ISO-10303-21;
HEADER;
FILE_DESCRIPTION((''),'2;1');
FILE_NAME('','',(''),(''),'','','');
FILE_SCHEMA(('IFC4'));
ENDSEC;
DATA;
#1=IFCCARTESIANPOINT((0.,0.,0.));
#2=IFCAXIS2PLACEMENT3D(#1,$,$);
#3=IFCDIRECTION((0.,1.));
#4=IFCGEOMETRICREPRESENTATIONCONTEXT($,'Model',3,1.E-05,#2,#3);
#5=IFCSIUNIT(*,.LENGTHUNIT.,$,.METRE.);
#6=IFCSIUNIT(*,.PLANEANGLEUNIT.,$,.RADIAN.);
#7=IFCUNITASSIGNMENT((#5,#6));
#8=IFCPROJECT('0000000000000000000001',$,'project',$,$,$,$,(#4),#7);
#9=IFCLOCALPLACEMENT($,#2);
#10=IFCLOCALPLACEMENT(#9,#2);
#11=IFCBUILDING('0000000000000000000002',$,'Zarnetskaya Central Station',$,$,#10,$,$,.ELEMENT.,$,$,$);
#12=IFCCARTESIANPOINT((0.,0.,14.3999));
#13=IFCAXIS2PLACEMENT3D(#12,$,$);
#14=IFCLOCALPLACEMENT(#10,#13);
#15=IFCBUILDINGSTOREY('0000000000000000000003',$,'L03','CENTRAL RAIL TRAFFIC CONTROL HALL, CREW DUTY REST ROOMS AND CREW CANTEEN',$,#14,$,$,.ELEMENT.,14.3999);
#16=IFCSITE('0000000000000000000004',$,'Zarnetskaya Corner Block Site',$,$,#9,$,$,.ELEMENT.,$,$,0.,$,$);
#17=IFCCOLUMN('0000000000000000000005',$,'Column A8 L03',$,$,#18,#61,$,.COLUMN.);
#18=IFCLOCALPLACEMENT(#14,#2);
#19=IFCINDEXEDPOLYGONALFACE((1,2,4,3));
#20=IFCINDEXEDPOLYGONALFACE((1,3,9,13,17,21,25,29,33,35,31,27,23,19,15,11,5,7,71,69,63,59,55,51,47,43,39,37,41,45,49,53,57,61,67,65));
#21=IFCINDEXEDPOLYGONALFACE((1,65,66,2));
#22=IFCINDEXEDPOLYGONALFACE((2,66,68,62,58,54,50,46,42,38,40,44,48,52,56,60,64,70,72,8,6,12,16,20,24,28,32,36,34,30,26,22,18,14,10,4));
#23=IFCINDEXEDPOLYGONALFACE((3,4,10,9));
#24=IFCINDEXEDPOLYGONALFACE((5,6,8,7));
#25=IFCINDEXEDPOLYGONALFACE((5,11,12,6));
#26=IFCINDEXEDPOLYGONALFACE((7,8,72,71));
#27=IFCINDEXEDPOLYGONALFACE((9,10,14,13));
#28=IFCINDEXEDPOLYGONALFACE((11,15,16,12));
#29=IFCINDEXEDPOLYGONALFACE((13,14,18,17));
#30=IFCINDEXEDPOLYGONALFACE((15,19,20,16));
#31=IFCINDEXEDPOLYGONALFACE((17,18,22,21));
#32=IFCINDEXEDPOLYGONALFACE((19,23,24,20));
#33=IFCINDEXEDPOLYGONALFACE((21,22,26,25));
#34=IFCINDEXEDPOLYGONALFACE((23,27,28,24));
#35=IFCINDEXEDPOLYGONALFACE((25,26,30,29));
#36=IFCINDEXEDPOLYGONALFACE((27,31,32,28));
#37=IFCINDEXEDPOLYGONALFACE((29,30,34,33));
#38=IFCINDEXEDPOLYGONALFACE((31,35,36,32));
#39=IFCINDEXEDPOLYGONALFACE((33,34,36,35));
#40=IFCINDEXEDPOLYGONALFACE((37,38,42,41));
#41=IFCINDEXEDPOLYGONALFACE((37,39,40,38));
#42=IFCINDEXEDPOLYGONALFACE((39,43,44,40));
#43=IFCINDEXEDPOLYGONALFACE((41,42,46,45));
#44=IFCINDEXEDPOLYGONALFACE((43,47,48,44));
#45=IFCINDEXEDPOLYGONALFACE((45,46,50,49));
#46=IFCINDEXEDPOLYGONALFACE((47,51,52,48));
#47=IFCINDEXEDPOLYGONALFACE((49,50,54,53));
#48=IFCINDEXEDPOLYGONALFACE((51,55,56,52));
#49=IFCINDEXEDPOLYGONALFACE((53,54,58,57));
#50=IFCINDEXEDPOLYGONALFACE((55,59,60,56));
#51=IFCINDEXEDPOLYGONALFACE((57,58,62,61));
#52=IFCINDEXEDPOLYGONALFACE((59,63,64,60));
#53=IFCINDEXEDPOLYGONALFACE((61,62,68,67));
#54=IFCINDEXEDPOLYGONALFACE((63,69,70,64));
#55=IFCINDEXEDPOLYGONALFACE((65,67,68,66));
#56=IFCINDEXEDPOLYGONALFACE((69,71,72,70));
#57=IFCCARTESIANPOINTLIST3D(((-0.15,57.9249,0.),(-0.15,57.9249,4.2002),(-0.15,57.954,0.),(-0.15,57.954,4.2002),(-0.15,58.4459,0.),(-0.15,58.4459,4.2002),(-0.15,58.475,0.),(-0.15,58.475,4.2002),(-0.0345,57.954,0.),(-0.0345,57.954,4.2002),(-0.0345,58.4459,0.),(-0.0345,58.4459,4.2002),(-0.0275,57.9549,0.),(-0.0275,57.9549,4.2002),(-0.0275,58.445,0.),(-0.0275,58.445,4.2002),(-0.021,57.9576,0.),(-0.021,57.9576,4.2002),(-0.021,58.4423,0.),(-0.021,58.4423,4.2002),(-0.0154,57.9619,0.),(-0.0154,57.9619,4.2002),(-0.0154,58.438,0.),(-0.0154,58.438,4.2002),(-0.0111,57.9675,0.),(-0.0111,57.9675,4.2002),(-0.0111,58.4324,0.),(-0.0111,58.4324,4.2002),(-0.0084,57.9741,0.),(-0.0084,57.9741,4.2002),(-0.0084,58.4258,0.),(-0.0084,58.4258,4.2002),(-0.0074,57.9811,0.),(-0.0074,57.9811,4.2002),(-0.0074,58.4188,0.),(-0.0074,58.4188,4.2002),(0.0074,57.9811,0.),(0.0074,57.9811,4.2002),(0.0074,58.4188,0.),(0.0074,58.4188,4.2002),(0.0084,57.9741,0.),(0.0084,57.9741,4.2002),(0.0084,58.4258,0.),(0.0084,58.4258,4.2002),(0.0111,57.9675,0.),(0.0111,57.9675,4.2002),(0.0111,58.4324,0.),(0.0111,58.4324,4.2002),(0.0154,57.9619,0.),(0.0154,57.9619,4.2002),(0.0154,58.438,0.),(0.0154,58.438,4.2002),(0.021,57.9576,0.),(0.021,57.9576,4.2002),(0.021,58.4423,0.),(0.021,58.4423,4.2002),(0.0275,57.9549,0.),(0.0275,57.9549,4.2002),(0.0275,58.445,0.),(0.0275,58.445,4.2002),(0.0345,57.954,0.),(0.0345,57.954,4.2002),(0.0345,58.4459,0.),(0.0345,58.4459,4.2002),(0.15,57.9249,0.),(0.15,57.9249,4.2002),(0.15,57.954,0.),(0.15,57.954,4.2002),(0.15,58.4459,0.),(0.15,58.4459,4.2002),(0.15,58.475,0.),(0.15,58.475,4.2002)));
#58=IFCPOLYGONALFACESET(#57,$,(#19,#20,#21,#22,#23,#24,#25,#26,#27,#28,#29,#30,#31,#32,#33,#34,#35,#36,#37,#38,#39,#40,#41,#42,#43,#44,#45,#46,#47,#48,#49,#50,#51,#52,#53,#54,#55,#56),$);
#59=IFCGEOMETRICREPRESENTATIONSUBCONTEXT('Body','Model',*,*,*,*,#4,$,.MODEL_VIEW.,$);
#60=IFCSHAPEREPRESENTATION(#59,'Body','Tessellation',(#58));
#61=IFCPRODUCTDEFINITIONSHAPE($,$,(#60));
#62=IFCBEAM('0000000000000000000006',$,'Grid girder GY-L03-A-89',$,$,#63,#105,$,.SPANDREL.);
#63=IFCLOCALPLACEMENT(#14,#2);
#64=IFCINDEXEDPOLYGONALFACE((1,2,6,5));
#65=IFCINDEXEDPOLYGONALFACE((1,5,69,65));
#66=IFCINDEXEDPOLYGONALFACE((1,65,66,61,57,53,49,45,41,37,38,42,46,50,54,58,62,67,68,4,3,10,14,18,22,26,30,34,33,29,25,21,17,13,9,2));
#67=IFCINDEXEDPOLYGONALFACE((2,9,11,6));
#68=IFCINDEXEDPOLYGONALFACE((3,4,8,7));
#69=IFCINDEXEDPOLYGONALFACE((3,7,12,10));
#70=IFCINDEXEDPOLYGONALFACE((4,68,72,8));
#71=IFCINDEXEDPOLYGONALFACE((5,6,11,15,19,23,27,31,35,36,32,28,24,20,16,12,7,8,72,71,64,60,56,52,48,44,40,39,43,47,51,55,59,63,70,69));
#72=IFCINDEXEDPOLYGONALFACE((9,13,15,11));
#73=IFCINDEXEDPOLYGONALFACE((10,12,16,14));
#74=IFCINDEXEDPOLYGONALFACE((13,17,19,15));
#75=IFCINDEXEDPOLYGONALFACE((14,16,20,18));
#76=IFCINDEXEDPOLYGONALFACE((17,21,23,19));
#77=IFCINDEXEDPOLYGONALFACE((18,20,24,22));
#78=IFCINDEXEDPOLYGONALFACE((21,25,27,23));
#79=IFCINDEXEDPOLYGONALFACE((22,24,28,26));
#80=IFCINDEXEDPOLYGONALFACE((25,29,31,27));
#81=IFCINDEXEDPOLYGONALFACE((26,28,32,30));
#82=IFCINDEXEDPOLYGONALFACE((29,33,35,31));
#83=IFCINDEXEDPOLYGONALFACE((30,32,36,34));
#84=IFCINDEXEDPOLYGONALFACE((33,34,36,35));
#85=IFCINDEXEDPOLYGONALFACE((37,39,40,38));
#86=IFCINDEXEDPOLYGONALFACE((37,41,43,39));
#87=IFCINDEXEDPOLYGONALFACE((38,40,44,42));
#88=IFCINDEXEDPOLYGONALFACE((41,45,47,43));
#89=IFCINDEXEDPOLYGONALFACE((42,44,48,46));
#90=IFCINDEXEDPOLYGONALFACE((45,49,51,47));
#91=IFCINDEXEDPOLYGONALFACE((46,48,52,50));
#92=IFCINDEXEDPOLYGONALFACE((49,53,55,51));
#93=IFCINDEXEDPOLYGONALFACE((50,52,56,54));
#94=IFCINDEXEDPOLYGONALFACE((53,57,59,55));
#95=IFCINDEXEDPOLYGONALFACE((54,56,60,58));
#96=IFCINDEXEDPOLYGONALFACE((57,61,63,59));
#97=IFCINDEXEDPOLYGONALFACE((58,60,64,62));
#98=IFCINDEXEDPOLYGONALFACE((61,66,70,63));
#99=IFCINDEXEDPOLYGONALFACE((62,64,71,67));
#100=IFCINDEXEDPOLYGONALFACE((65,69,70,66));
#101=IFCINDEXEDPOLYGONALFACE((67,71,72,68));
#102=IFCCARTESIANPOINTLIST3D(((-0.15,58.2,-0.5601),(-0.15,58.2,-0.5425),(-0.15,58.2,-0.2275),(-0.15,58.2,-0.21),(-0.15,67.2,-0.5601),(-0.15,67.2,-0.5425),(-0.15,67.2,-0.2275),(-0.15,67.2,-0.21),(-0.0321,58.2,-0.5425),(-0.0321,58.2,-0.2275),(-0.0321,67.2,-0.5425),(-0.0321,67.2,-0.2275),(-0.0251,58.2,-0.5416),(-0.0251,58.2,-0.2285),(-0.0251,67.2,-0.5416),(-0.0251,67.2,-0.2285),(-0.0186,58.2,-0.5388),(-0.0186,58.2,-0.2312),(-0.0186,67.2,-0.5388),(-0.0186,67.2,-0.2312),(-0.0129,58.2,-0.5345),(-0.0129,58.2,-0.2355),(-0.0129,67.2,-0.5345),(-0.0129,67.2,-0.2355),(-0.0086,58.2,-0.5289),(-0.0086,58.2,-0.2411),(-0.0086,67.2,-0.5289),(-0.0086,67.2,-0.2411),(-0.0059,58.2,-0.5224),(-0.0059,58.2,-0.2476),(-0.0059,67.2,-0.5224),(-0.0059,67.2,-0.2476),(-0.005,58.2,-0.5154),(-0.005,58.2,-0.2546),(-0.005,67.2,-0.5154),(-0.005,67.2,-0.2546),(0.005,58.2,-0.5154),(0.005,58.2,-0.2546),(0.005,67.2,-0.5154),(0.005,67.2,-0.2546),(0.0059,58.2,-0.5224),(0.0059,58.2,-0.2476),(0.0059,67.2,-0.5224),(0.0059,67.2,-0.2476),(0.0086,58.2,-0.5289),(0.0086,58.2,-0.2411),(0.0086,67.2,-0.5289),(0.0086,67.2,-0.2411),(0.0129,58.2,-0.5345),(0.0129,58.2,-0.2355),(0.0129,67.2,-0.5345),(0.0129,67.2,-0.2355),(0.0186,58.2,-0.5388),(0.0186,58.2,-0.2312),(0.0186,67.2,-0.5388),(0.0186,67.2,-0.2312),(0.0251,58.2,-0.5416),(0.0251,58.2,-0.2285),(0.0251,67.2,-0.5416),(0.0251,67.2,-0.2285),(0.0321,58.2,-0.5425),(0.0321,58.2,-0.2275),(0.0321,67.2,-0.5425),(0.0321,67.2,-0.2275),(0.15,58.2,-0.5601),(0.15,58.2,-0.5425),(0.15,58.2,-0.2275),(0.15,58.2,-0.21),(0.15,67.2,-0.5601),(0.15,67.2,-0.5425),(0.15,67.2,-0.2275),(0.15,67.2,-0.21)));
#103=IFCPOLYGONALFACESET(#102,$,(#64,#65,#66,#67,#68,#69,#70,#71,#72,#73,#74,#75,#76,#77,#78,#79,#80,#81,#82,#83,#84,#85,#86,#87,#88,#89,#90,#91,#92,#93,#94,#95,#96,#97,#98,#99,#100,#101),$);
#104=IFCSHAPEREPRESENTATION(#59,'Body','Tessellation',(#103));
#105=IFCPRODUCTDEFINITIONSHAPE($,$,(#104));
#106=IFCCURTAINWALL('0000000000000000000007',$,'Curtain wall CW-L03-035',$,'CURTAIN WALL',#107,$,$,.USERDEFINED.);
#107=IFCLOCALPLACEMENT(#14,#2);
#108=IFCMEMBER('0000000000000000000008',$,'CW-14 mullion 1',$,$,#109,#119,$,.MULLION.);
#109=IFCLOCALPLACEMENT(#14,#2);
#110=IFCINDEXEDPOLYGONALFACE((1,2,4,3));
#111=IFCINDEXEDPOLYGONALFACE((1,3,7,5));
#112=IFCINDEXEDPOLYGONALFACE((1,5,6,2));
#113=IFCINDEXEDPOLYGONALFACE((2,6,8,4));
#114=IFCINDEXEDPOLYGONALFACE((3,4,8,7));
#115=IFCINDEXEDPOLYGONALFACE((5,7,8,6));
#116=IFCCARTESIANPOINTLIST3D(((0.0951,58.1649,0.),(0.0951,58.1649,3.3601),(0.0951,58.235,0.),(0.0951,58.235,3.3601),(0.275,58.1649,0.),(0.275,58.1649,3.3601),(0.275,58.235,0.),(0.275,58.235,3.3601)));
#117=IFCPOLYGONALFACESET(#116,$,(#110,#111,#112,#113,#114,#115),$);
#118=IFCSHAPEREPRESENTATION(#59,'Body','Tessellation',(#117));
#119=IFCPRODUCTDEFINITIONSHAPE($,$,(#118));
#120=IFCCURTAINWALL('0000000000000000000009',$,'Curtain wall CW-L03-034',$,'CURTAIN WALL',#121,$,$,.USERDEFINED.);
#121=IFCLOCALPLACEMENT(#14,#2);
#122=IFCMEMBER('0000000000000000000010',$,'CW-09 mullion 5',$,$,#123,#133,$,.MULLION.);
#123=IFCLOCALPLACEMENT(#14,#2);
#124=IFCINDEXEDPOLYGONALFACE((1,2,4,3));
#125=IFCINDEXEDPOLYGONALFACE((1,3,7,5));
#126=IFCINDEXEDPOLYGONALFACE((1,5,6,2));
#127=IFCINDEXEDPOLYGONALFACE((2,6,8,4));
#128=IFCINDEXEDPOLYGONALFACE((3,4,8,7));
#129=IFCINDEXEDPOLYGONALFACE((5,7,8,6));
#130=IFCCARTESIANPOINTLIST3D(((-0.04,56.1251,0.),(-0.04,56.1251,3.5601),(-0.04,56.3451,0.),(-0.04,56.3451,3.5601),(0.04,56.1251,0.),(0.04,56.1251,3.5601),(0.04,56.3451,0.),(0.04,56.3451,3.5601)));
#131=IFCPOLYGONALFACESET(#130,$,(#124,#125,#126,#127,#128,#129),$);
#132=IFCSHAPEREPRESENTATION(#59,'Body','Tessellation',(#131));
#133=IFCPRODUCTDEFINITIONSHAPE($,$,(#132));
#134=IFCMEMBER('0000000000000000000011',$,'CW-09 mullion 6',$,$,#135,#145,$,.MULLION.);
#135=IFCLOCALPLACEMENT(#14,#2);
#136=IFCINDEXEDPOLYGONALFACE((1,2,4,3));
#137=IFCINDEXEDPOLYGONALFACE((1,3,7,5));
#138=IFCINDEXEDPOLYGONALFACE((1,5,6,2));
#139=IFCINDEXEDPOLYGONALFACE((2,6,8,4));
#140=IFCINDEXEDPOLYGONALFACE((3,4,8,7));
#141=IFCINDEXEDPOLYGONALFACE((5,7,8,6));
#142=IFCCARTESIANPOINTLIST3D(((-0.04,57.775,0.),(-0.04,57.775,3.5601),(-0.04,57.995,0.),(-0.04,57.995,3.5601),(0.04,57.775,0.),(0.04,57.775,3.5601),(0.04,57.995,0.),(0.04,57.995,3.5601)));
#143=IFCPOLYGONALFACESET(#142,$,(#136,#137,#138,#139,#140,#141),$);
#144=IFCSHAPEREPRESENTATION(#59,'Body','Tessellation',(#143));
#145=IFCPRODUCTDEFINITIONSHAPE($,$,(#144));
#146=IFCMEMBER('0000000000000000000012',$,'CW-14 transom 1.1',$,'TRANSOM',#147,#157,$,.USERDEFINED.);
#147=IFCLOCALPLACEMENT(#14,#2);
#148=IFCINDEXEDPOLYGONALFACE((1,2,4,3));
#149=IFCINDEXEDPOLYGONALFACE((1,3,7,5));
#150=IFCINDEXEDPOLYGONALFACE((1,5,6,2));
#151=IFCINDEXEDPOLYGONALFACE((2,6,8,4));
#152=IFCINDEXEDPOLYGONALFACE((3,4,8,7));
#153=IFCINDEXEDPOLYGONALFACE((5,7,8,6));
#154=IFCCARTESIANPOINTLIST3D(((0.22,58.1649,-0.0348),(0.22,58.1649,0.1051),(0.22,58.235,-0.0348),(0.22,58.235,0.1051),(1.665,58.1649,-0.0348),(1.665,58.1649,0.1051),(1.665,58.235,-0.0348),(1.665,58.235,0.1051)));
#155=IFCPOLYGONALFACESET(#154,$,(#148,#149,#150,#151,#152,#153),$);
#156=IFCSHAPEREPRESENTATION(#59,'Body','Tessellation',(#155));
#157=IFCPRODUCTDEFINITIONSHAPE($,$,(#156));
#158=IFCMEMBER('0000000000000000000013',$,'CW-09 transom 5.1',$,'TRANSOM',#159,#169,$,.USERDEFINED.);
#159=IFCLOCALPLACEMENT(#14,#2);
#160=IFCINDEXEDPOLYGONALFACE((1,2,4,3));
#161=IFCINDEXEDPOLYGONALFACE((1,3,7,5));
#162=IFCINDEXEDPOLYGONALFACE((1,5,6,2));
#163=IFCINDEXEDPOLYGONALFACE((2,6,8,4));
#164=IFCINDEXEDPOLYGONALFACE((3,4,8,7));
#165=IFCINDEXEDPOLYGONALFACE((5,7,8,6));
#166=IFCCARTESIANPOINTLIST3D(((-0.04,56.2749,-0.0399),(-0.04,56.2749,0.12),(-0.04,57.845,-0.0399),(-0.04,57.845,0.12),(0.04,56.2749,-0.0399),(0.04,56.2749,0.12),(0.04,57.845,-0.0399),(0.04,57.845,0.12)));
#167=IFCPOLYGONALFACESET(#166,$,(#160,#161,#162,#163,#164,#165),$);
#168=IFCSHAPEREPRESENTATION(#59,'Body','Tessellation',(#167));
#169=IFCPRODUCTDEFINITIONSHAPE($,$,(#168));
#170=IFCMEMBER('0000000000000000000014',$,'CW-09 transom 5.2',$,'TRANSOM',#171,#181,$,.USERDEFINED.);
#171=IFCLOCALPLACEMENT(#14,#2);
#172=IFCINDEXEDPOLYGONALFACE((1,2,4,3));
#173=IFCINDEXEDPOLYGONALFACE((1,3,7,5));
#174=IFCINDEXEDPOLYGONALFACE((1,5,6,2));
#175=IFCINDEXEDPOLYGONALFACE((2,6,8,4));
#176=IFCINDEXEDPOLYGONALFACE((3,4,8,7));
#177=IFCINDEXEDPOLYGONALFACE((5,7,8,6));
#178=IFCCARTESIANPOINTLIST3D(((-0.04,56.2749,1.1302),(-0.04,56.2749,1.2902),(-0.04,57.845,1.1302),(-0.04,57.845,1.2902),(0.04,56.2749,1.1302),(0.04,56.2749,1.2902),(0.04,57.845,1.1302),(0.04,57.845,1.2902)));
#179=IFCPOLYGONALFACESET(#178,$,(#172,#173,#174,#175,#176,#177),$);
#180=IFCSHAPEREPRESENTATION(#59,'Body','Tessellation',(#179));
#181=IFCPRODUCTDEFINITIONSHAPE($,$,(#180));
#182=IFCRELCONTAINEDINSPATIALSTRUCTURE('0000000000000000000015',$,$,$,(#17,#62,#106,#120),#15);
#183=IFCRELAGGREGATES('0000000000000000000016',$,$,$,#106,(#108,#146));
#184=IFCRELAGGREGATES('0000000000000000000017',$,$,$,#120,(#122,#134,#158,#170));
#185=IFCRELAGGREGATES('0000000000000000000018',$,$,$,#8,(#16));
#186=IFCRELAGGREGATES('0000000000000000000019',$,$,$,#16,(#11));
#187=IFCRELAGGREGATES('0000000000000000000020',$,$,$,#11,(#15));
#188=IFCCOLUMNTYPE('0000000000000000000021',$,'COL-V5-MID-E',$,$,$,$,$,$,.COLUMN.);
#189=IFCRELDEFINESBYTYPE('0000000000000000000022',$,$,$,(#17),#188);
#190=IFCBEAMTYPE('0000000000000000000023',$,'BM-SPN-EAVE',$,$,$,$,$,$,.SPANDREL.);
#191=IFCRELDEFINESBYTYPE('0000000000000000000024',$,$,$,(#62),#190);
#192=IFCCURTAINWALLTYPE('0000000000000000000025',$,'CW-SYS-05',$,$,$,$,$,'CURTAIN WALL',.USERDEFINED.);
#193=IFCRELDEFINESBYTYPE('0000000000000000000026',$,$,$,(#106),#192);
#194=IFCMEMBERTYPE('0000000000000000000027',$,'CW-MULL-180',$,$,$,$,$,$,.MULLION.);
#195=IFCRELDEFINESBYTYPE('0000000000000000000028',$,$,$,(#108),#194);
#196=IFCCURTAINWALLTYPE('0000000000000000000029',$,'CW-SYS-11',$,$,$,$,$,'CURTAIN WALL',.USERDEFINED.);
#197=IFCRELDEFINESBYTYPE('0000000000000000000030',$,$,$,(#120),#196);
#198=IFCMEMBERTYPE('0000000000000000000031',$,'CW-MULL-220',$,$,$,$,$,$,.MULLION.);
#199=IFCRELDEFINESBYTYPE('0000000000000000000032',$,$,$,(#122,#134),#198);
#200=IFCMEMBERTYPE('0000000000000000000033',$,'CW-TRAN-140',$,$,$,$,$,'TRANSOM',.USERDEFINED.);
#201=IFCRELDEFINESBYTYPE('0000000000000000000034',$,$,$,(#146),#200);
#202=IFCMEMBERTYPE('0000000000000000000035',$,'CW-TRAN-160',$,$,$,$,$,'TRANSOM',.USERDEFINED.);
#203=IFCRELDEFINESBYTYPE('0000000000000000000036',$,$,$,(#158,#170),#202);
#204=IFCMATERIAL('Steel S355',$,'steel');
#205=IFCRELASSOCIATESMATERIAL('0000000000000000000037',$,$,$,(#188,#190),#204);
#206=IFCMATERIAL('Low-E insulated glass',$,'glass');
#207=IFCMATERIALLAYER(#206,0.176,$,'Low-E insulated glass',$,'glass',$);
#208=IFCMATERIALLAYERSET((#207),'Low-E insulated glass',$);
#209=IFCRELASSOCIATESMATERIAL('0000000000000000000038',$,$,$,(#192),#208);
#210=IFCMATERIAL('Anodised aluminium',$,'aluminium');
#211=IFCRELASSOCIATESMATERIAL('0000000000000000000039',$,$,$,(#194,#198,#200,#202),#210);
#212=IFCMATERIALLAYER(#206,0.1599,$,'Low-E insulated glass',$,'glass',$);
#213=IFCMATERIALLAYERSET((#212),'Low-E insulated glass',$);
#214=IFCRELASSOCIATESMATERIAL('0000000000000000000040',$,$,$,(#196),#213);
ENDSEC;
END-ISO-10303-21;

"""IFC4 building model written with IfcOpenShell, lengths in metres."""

from ifc_helpers import new_model, si_unit, direction, frame, origin, origin_2d, place, context, subcontext, project, spatial, rectangle, i_section, extrude, material, layer, layer_set, material_profile, profile_set, type_object, element, aggregate, save


model = new_model("IFC4")

# Units and contexts
model_context = context("Model", 3, precision=1e-05, world=origin(), true_north=direction((0.0, 1.0)))
body_context = subcontext(model_context, "Body", "Model", "MODEL_VIEW")
ifc_project = project(units=[si_unit("LENGTHUNIT", "METRE"), si_unit("PLANEANGLEUNIT", "RADIAN")], contexts=[model_context])

# Site, building, storey
site_placement = place(None, origin())
site = spatial("IfcSite", under=ifc_project, at=site_placement, Name="Zarnetskaya Corner Block Site", CompositionType="ELEMENT", RefElevation=0.0)
building_placement = place(site_placement, origin())
building = spatial("IfcBuilding", under=site, at=building_placement, Name="Zarnetskaya Central Station", CompositionType="ELEMENT")
storey_placement = place(building_placement, frame((0.0, 0.0, 14.3999)))
storey = spatial("IfcBuildingStorey", under=building, at=storey_placement, Name="L03", Description="CENTRAL RAIL TRAFFIC CONTROL HALL, CREW DUTY REST ROOMS AND CREW CANTEEN", CompositionType="ELEMENT", Elevation=14.3999)

# Column
ifc_material_1 = material(Name="Steel S355", Category="steel")
ifc_material_profile_1 = material_profile(ifc_material_1, i_section(OverallWidth=0.3, OverallDepth=0.55, WebThickness=0.0149, FlangeThickness=0.0291, FilletRadius=0.0271, at=origin_2d()), Name="HEB 550")
ifc_profile_set_1 = profile_set([ifc_material_profile_1], Name="Steel S355")
column_type = type_object("IfcColumnType", Name="COL-V5-MID-E", PredefinedType="COLUMN", material=ifc_profile_set_1)
column_placement = place(storey_placement, frame((0.0, 58.2, 0.0), z_axis=(0.0, 0.0, 1.0), x_axis=(1.0, 0.0, 0.0)))
element("IfcColumn", 1, at=column_placement, inside=storey, type_object=column_type, Name="Column A8 L03", PredefinedType="COLUMN", context=body_context, shape_type="SweptSolid", body=[
    extrude(i_section(OverallWidth=0.3, OverallDepth=0.55, WebThickness=0.0149, FlangeThickness=0.0291, FilletRadius=0.0271, at=origin_2d()), origin(), (0.0, 0.0, 1.0), 4.2002),
])

# Beam
ifc_material_profile_2 = material_profile(ifc_material_1, i_section(OverallWidth=0.3, OverallDepth=0.3501, WebThickness=0.01, FlangeThickness=0.0176, FilletRadius=0.0271, at=origin_2d()), Name="HEA 360")
ifc_profile_set_2 = profile_set([ifc_material_profile_2], Name="Steel S355")
beam_type_1 = type_object("IfcBeamType", Name="BM-SPN-EAVE", PredefinedType="SPANDREL", material=ifc_profile_set_2)
beam_1_placement = place(storey_placement, frame((0.0, 58.2, -0.385), z_axis=(0.0, 1.0, 0.0), x_axis=(-1.0, 0.0, 0.0)))
element("IfcBeam", 2, at=beam_1_placement, inside=storey, type_object=beam_type_1, Name="Grid girder GY-L03-A-89", PredefinedType="SPANDREL", context=body_context, shape_type="SweptSolid", body=[
    extrude(i_section(OverallWidth=0.3, OverallDepth=0.3501, WebThickness=0.01, FlangeThickness=0.0176, FilletRadius=0.0271, at=origin_2d()), origin(), (0.0, 0.0, 1.0), 9.0),
])

# Curtain wall, member
ifc_material_2 = material(Name="Low-E insulated glass", Category="glass")
ifc_layer_1 = layer(ifc_material_2, 0.176, Name="Low-E insulated glass", Category="glass")
ifc_layer_set_1 = layer_set([ifc_layer_1], Name="Low-E insulated glass")
curtain_wall_type_1 = type_object("IfcCurtainWallType", Name="CW-SYS-05", ElementType="CURTAIN WALL", PredefinedType="USERDEFINED", material=ifc_layer_set_1)
curtain_wall_1_placement = place(storey_placement, origin())
curtain_wall_1 = element("IfcCurtainWall", 3, at=curtain_wall_1_placement, inside=storey, type_object=curtain_wall_type_1, Name="Curtain wall CW-L03-035", ObjectType="CURTAIN WALL", PredefinedType="USERDEFINED")
ifc_material_3 = material(Name="Anodised aluminium", Category="aluminium")
ifc_material_profile_3 = material_profile(ifc_material_3, rectangle(XDim=0.0701, YDim=0.1799, at=origin_2d()), Name="ALU MULL 70x180")
ifc_profile_set_3 = profile_set([ifc_material_profile_3], Name="Anodised aluminium")
member_type_1 = type_object("IfcMemberType", Name="CW-MULL-180", PredefinedType="MULLION", material=ifc_profile_set_3)
member_1_placement = place(storey_placement, frame((0.1851, 58.2, 0.0), z_axis=(0.0, 0.0, 1.0), x_axis=(0.0, 1.0, 0.0)))
member_1 = element("IfcMember", 4, at=member_1_placement, type_object=member_type_1, Name="CW-14 mullion 1", PredefinedType="MULLION", context=body_context, shape_type="SweptSolid", body=[
    extrude(rectangle(XDim=0.0701, YDim=0.1799, at=origin_2d()), origin(), (0.0, 0.0, 1.0), 3.3601),
])

# Curtain wall, members
ifc_layer_2 = layer(ifc_material_2, 0.1599, Name="Low-E insulated glass", Category="glass")
ifc_layer_set_2 = layer_set([ifc_layer_2], Name="Low-E insulated glass")
curtain_wall_type_2 = type_object("IfcCurtainWallType", Name="CW-SYS-11", ElementType="CURTAIN WALL", PredefinedType="USERDEFINED", material=ifc_layer_set_2)
curtain_wall_2_placement = place(storey_placement, origin())
curtain_wall_2 = element("IfcCurtainWall", 5, at=curtain_wall_2_placement, inside=storey, type_object=curtain_wall_type_2, Name="Curtain wall CW-L03-034", ObjectType="CURTAIN WALL", PredefinedType="USERDEFINED")
ifc_material_profile_4 = material_profile(ifc_material_3, rectangle(XDim=0.0801, YDim=0.22, at=origin_2d()), Name="ALU MULL 80x220")
ifc_profile_set_4 = profile_set([ifc_material_profile_4], Name="Anodised aluminium")
member_type_2 = type_object("IfcMemberType", Name="CW-MULL-220", PredefinedType="MULLION", material=ifc_profile_set_4)
member_2_placement = place(storey_placement, frame((0.0, 56.2351, 0.0), z_axis=(0.0, 0.0, 1.0), x_axis=(-1.0, 0.0, 0.0)))
member_2 = element("IfcMember", 6, at=member_2_placement, type_object=member_type_2, Name="CW-09 mullion 5", PredefinedType="MULLION", context=body_context, shape_type="SweptSolid", body=[
    extrude(rectangle(XDim=0.0801, YDim=0.22, at=origin_2d()), origin(), (0.0, 0.0, 1.0), 3.5601),
])
member_3_placement = place(storey_placement, frame((0.0, 57.885, 0.0), z_axis=(0.0, 0.0, 1.0), x_axis=(-1.0, 0.0, 0.0)))
member_3 = element("IfcMember", 7, at=member_3_placement, type_object=member_type_2, Name="CW-09 mullion 6", PredefinedType="MULLION", context=body_context, shape_type="SweptSolid", body=[
    extrude(rectangle(XDim=0.0801, YDim=0.22, at=origin_2d()), origin(), (0.0, 0.0, 1.0), 3.5601),
])

# Members
ifc_material_profile_5 = material_profile(ifc_material_3, rectangle(XDim=0.0701, YDim=0.1399, at=origin_2d()), Name="ALU TRAN 70x140")
ifc_profile_set_5 = profile_set([ifc_material_profile_5], Name="Anodised aluminium")
member_type_3 = type_object("IfcMemberType", Name="CW-TRAN-140", ElementType="TRANSOM", PredefinedType="USERDEFINED", material=ifc_profile_set_5)
member_4_placement = place(storey_placement, frame((0.22, 58.2, 0.0352), z_axis=(1.0, 0.0, 0.0), x_axis=(0.0, 1.0, 0.0)))
member_4 = element("IfcMember", 8, at=member_4_placement, type_object=member_type_3, Name="CW-14 transom 1.1", ObjectType="TRANSOM", PredefinedType="USERDEFINED", context=body_context, shape_type="SweptSolid", body=[
    extrude(rectangle(XDim=0.0701, YDim=0.1399, at=origin_2d()), origin(), (0.0, 0.0, 1.0), 1.4451),
])
aggregate(curtain_wall_1, [member_1, member_4])
ifc_material_profile_6 = material_profile(ifc_material_3, rectangle(XDim=0.0801, YDim=0.1599, at=origin_2d()), Name="ALU TRAN 80x160")
ifc_profile_set_6 = profile_set([ifc_material_profile_6], Name="Anodised aluminium")
member_type_4 = type_object("IfcMemberType", Name="CW-TRAN-160", ElementType="TRANSOM", PredefinedType="USERDEFINED", material=ifc_profile_set_6)
member_5_placement = place(storey_placement, frame((0.0, 56.2749, 0.04), z_axis=(0.0, 1.0, 0.0), x_axis=(-1.0, 0.0, 0.0)))
member_5 = element("IfcMember", 9, at=member_5_placement, type_object=member_type_4, Name="CW-09 transom 5.1", ObjectType="TRANSOM", PredefinedType="USERDEFINED", context=body_context, shape_type="SweptSolid", body=[
    extrude(rectangle(XDim=0.0801, YDim=0.1599, at=origin_2d()), origin(), (0.0, 0.0, 1.0), 1.5701),
])
member_6_placement = place(storey_placement, frame((0.0, 56.2749, 1.2102), z_axis=(0.0, 1.0, 0.0), x_axis=(-1.0, 0.0, 0.0)))
member_6 = element("IfcMember", 10, at=member_6_placement, type_object=member_type_4, Name="CW-09 transom 5.2", ObjectType="TRANSOM", PredefinedType="USERDEFINED", context=body_context, shape_type="SweptSolid", body=[
    extrude(rectangle(XDim=0.0801, YDim=0.1599, at=origin_2d()), origin(), (0.0, 0.0, 1.0), 1.5701),
])

aggregate(curtain_wall_2, [member_2, member_3, member_5, member_6])

save(model, "model.ifc")
